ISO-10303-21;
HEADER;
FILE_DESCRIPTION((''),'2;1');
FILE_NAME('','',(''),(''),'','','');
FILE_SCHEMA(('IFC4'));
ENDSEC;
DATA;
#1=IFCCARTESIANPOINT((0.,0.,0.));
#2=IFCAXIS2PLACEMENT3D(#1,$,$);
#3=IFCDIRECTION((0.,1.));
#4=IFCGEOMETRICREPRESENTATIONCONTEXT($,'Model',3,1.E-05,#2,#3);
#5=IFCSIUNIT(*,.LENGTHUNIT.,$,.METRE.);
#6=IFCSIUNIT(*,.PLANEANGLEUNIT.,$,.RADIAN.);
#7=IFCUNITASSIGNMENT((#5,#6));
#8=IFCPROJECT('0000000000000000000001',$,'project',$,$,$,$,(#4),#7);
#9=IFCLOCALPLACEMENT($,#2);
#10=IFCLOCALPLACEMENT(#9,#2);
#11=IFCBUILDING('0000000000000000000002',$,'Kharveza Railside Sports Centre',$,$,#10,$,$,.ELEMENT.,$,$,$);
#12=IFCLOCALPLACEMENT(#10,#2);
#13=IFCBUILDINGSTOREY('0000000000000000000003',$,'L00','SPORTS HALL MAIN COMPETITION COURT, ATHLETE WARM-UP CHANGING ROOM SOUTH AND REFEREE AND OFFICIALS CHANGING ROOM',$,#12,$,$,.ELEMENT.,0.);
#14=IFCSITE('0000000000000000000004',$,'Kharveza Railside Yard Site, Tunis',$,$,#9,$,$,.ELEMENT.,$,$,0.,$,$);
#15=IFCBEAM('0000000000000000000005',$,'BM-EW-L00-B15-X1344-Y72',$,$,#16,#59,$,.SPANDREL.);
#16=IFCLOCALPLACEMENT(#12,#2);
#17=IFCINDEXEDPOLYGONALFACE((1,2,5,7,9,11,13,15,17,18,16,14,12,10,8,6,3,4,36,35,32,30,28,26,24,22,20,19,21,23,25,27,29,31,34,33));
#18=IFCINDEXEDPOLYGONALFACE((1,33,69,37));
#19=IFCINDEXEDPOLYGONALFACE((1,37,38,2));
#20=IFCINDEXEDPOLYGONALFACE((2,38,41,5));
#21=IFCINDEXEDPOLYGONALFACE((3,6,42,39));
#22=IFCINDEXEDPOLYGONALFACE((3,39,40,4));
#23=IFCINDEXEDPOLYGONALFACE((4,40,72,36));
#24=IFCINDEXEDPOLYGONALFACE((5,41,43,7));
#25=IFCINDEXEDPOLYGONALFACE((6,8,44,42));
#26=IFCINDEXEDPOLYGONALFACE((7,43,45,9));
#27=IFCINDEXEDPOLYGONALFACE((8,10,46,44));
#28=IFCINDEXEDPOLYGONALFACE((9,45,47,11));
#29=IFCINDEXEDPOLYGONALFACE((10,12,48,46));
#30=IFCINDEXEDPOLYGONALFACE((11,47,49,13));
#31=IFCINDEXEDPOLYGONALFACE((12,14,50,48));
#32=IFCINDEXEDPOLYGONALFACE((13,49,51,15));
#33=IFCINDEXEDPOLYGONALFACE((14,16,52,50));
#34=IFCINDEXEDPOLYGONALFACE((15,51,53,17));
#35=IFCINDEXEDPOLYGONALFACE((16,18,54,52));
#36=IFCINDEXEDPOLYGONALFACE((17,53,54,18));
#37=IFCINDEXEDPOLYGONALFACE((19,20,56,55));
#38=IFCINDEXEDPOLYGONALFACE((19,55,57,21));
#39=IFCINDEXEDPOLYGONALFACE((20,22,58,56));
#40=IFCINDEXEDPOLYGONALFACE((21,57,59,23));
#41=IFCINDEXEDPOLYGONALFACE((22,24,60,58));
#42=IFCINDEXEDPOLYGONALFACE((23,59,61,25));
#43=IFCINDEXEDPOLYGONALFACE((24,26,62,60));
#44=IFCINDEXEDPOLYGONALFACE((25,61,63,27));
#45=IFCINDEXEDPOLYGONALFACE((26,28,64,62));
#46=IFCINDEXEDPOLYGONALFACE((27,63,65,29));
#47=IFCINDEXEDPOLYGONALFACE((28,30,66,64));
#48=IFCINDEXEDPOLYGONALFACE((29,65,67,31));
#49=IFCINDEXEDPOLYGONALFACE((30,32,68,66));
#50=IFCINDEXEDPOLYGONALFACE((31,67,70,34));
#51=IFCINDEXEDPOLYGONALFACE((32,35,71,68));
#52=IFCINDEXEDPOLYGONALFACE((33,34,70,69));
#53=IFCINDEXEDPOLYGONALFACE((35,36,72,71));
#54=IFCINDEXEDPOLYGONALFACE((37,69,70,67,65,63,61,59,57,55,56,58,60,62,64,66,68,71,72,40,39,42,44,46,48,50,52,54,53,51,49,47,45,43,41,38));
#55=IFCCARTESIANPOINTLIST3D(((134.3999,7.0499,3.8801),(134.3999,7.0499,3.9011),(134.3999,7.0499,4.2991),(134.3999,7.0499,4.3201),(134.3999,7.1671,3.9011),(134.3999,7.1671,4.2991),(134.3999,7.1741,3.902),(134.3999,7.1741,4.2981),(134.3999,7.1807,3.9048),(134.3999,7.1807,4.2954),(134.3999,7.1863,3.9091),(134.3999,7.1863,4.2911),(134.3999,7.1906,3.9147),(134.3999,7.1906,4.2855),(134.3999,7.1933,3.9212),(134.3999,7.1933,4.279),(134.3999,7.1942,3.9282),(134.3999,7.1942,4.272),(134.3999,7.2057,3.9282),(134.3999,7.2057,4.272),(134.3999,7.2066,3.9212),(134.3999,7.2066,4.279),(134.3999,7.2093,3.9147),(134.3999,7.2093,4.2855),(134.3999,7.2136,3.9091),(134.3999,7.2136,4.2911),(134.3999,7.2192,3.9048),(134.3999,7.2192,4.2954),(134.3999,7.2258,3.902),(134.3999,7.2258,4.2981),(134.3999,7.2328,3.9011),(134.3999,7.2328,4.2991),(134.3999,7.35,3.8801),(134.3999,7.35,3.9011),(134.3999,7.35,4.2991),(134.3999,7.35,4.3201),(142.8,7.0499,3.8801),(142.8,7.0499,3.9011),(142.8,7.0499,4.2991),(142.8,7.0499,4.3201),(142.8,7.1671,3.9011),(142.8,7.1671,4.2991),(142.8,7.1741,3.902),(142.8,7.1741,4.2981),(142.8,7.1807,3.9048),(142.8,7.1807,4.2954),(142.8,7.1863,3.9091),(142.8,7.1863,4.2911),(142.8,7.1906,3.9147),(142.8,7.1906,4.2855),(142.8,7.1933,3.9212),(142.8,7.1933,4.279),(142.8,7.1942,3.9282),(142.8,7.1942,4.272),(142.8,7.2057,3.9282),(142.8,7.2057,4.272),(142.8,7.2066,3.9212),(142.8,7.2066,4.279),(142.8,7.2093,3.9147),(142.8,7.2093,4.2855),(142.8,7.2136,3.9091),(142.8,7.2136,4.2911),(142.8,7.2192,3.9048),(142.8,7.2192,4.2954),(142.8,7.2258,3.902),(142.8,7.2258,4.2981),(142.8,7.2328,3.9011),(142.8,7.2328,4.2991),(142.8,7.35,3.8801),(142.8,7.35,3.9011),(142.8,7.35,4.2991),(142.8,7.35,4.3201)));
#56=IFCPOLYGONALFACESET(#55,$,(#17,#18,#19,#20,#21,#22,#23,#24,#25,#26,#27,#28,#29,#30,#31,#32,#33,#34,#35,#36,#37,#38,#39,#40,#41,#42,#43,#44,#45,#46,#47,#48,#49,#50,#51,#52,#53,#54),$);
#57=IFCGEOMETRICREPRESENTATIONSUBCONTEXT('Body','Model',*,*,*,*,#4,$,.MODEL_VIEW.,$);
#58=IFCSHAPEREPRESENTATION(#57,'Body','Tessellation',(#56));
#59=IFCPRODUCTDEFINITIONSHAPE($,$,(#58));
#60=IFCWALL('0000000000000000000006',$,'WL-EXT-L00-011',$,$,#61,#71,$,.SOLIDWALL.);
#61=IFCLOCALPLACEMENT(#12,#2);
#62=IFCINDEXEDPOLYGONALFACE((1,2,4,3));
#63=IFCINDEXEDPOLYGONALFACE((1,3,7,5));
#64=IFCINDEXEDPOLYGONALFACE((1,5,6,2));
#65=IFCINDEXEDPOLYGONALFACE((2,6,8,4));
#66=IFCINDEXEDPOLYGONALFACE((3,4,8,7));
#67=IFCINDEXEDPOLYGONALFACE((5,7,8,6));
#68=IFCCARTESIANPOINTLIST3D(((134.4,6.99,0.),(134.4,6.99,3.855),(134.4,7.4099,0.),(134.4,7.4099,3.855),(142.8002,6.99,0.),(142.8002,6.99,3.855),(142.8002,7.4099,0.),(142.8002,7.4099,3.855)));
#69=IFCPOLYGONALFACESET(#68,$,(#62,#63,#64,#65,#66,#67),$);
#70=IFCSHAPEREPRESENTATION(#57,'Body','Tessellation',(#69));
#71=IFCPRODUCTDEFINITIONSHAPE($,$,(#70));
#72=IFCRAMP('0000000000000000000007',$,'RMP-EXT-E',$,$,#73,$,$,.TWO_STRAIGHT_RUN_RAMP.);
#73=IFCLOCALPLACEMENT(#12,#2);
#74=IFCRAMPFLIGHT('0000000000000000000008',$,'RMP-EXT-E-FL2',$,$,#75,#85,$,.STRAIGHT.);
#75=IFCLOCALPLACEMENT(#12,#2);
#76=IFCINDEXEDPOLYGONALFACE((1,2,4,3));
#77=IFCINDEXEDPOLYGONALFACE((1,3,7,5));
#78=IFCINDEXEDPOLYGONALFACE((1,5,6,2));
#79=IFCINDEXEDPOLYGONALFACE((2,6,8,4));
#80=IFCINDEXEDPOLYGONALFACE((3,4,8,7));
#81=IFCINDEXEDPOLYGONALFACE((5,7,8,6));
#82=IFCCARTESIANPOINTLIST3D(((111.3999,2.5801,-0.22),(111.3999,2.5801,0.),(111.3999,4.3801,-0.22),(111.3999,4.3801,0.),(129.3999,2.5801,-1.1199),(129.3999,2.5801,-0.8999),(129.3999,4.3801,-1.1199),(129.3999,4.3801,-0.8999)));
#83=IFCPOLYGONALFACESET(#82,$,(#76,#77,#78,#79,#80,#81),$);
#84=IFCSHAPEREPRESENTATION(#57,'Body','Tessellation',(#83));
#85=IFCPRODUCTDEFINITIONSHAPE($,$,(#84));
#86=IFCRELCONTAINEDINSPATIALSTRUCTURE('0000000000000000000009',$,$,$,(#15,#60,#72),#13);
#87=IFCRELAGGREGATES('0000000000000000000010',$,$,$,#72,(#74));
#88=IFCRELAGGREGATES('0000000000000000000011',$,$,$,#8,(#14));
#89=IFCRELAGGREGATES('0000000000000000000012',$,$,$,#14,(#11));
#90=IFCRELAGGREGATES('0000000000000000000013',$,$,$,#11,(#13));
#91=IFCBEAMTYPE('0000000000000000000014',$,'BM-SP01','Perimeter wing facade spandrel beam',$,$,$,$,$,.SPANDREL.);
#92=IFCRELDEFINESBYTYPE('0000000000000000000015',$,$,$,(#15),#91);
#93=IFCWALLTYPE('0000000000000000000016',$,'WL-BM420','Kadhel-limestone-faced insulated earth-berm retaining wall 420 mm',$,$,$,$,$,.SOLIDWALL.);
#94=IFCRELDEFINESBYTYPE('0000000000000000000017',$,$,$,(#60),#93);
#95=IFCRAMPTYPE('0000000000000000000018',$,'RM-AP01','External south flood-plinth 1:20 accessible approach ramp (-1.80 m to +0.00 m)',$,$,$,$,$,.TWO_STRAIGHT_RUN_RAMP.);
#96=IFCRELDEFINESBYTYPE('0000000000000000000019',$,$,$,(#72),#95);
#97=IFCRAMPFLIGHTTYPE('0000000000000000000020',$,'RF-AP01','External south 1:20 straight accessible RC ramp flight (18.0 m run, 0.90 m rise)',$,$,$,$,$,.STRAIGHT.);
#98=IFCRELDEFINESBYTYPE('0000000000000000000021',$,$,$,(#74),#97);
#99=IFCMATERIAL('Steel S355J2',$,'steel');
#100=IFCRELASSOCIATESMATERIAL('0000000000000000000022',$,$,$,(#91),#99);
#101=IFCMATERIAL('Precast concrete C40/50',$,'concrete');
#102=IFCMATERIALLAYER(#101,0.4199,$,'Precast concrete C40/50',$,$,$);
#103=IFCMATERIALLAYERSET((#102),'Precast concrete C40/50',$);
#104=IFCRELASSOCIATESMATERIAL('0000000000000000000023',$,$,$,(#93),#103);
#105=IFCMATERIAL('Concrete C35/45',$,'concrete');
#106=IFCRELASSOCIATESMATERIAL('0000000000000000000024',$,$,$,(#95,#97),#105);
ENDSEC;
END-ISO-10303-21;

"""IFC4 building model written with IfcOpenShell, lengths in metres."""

from ifc_helpers import new_model, si_unit, direction, frame, frame_2d, origin, origin_2d, place, context, subcontext, project, spatial, polyline, rectangle, i_section, outline, extrude, material, layer, layer_set, material_profile, profile_set, type_object, element, aggregate, save


model = new_model("IFC4")

# Units and contexts
model_context = context("Model", 3, precision=1e-05, world=origin(), true_north=direction((0.0, 1.0)))
body_context = subcontext(model_context, "Body", "Model", "MODEL_VIEW")
ifc_project = project(units=[si_unit("LENGTHUNIT", "METRE"), si_unit("PLANEANGLEUNIT", "RADIAN")], contexts=[model_context])

# Site, building, storey
site_placement = place(None, origin())
site = spatial("IfcSite", under=ifc_project, at=site_placement, Name="Kharveza Railside Yard Site, Tunis", CompositionType="ELEMENT", RefElevation=0.0)
building_placement = place(site_placement, origin())
building = spatial("IfcBuilding", under=site, at=building_placement, Name="Kharveza Railside Sports Centre", CompositionType="ELEMENT")
storey_placement = place(building_placement, origin())
storey = spatial("IfcBuildingStorey", under=building, at=storey_placement, Name="L00", Description="SPORTS HALL MAIN COMPETITION COURT, ATHLETE WARM-UP CHANGING ROOM SOUTH AND REFEREE AND OFFICIALS CHANGING ROOM", CompositionType="ELEMENT", Elevation=0.0)

# Shared definitions
ifc_material_1 = material(Name="Concrete C35/45", Category="concrete")

# Shared definitions
ifc_material_2 = material(Name="Steel S355J2", Category="steel")

# Beam
ifc_material_profile_1 = material_profile(ifc_material_2, i_section(OverallWidth=0.3, OverallDepth=0.4399, WebThickness=0.0115, FlangeThickness=0.021, FilletRadius=0.0271, at=origin_2d()), Name="HEA 450")
ifc_profile_set_1 = profile_set([ifc_material_profile_1], Name="Steel S355J2")
beam_type_1 = type_object("IfcBeamType", Name="BM-SP01", Description="Perimeter wing facade spandrel beam", PredefinedType="SPANDREL", material=ifc_profile_set_1)
beam_1_placement = place(storey_placement, frame((134.3999, 7.2, 4.1001), z_axis=(1.0, 0.0, 0.0), x_axis=(0.0, 1.0, 0.0)))
element("IfcBeam", 1, at=beam_1_placement, inside=storey, type_object=beam_type_1, Name="BM-EW-L00-B15-X1344-Y72", PredefinedType="SPANDREL", context=body_context, shape_type="SweptSolid", body=[
    extrude(i_section(OverallWidth=0.3, OverallDepth=0.4399, WebThickness=0.0115, FlangeThickness=0.021, FilletRadius=0.0271, at=origin_2d()), origin(), (0.0, 0.0, 1.0), 8.4001),
])

# Wall
ifc_material_3 = material(Name="Precast concrete C40/50", Category="concrete")
ifc_layer = layer(ifc_material_3, 0.4199, Name="Precast concrete C40/50")
ifc_layer_set = layer_set([ifc_layer], Name="Precast concrete C40/50")
wall_type = type_object("IfcWallType", Name="WL-BM420", Description="Kadhel-limestone-faced insulated earth-berm retaining wall 420 mm", PredefinedType="SOLIDWALL", material=ifc_layer_set)
wall_placement = place(storey_placement, frame((134.3999, 7.2, 0.0), z_axis=(0.0, 0.0, 1.0), x_axis=(1.0, 0.0, 0.0)))
element("IfcWall", 2, at=wall_placement, inside=storey, type_object=wall_type, Name="WL-EXT-L00-011", PredefinedType="SOLIDWALL", context=body_context, shape_type="SweptSolid", body=[
    extrude(rectangle(XDim=8.4001, YDim=0.4199, at=frame_2d((4.2002, 0.0))), origin(), (0.0, 0.0, 1.0), 3.855),
])

# Ramp, ramp flight
ramp_type = type_object("IfcRampType", Name="RM-AP01", Description="External south flood-plinth 1:20 accessible approach ramp (-1.80 m to +0.00 m)", PredefinedType="TWO_STRAIGHT_RUN_RAMP", material=ifc_material_1)
ramp_placement = place(storey_placement, origin())
ramp = element("IfcRamp", 3, at=ramp_placement, inside=storey, type_object=ramp_type, Name="RMP-EXT-E", PredefinedType="TWO_STRAIGHT_RUN_RAMP")
ramp_flight_type = type_object("IfcRampFlightType", Name="RF-AP01", Description="External south 1:20 straight accessible RC ramp flight (18.0 m run, 0.90 m rise)", PredefinedType="STRAIGHT", material=ifc_material_1)
ramp_flight_placement = place(storey_placement, frame((129.3999, 3.48, -0.8999), z_axis=(0.0, 0.0, 1.0), x_axis=(-1.0, 0.0, 0.0)))
ramp_flight = element("IfcRampFlight", 4, at=ramp_flight_placement, type_object=ramp_flight_type, Name="RMP-EXT-E-FL2", PredefinedType="STRAIGHT", context=body_context, shape_type="SweptSolid", body=[
    extrude(outline(polyline([(0.0, 0.0), (0.0, -0.22), (18.0, 0.6799), (18.0, 0.8999), (0.0, 0.0)])), frame((0.0, 0.8999, 0.0), z_axis=(0.0, -1.0, 0.0), x_axis=(1.0, 0.0, 0.0)), (0.0, 0.0, 1.0), 1.8),
])
aggregate(ramp, [ramp_flight])

save(model, "model.ifc")
